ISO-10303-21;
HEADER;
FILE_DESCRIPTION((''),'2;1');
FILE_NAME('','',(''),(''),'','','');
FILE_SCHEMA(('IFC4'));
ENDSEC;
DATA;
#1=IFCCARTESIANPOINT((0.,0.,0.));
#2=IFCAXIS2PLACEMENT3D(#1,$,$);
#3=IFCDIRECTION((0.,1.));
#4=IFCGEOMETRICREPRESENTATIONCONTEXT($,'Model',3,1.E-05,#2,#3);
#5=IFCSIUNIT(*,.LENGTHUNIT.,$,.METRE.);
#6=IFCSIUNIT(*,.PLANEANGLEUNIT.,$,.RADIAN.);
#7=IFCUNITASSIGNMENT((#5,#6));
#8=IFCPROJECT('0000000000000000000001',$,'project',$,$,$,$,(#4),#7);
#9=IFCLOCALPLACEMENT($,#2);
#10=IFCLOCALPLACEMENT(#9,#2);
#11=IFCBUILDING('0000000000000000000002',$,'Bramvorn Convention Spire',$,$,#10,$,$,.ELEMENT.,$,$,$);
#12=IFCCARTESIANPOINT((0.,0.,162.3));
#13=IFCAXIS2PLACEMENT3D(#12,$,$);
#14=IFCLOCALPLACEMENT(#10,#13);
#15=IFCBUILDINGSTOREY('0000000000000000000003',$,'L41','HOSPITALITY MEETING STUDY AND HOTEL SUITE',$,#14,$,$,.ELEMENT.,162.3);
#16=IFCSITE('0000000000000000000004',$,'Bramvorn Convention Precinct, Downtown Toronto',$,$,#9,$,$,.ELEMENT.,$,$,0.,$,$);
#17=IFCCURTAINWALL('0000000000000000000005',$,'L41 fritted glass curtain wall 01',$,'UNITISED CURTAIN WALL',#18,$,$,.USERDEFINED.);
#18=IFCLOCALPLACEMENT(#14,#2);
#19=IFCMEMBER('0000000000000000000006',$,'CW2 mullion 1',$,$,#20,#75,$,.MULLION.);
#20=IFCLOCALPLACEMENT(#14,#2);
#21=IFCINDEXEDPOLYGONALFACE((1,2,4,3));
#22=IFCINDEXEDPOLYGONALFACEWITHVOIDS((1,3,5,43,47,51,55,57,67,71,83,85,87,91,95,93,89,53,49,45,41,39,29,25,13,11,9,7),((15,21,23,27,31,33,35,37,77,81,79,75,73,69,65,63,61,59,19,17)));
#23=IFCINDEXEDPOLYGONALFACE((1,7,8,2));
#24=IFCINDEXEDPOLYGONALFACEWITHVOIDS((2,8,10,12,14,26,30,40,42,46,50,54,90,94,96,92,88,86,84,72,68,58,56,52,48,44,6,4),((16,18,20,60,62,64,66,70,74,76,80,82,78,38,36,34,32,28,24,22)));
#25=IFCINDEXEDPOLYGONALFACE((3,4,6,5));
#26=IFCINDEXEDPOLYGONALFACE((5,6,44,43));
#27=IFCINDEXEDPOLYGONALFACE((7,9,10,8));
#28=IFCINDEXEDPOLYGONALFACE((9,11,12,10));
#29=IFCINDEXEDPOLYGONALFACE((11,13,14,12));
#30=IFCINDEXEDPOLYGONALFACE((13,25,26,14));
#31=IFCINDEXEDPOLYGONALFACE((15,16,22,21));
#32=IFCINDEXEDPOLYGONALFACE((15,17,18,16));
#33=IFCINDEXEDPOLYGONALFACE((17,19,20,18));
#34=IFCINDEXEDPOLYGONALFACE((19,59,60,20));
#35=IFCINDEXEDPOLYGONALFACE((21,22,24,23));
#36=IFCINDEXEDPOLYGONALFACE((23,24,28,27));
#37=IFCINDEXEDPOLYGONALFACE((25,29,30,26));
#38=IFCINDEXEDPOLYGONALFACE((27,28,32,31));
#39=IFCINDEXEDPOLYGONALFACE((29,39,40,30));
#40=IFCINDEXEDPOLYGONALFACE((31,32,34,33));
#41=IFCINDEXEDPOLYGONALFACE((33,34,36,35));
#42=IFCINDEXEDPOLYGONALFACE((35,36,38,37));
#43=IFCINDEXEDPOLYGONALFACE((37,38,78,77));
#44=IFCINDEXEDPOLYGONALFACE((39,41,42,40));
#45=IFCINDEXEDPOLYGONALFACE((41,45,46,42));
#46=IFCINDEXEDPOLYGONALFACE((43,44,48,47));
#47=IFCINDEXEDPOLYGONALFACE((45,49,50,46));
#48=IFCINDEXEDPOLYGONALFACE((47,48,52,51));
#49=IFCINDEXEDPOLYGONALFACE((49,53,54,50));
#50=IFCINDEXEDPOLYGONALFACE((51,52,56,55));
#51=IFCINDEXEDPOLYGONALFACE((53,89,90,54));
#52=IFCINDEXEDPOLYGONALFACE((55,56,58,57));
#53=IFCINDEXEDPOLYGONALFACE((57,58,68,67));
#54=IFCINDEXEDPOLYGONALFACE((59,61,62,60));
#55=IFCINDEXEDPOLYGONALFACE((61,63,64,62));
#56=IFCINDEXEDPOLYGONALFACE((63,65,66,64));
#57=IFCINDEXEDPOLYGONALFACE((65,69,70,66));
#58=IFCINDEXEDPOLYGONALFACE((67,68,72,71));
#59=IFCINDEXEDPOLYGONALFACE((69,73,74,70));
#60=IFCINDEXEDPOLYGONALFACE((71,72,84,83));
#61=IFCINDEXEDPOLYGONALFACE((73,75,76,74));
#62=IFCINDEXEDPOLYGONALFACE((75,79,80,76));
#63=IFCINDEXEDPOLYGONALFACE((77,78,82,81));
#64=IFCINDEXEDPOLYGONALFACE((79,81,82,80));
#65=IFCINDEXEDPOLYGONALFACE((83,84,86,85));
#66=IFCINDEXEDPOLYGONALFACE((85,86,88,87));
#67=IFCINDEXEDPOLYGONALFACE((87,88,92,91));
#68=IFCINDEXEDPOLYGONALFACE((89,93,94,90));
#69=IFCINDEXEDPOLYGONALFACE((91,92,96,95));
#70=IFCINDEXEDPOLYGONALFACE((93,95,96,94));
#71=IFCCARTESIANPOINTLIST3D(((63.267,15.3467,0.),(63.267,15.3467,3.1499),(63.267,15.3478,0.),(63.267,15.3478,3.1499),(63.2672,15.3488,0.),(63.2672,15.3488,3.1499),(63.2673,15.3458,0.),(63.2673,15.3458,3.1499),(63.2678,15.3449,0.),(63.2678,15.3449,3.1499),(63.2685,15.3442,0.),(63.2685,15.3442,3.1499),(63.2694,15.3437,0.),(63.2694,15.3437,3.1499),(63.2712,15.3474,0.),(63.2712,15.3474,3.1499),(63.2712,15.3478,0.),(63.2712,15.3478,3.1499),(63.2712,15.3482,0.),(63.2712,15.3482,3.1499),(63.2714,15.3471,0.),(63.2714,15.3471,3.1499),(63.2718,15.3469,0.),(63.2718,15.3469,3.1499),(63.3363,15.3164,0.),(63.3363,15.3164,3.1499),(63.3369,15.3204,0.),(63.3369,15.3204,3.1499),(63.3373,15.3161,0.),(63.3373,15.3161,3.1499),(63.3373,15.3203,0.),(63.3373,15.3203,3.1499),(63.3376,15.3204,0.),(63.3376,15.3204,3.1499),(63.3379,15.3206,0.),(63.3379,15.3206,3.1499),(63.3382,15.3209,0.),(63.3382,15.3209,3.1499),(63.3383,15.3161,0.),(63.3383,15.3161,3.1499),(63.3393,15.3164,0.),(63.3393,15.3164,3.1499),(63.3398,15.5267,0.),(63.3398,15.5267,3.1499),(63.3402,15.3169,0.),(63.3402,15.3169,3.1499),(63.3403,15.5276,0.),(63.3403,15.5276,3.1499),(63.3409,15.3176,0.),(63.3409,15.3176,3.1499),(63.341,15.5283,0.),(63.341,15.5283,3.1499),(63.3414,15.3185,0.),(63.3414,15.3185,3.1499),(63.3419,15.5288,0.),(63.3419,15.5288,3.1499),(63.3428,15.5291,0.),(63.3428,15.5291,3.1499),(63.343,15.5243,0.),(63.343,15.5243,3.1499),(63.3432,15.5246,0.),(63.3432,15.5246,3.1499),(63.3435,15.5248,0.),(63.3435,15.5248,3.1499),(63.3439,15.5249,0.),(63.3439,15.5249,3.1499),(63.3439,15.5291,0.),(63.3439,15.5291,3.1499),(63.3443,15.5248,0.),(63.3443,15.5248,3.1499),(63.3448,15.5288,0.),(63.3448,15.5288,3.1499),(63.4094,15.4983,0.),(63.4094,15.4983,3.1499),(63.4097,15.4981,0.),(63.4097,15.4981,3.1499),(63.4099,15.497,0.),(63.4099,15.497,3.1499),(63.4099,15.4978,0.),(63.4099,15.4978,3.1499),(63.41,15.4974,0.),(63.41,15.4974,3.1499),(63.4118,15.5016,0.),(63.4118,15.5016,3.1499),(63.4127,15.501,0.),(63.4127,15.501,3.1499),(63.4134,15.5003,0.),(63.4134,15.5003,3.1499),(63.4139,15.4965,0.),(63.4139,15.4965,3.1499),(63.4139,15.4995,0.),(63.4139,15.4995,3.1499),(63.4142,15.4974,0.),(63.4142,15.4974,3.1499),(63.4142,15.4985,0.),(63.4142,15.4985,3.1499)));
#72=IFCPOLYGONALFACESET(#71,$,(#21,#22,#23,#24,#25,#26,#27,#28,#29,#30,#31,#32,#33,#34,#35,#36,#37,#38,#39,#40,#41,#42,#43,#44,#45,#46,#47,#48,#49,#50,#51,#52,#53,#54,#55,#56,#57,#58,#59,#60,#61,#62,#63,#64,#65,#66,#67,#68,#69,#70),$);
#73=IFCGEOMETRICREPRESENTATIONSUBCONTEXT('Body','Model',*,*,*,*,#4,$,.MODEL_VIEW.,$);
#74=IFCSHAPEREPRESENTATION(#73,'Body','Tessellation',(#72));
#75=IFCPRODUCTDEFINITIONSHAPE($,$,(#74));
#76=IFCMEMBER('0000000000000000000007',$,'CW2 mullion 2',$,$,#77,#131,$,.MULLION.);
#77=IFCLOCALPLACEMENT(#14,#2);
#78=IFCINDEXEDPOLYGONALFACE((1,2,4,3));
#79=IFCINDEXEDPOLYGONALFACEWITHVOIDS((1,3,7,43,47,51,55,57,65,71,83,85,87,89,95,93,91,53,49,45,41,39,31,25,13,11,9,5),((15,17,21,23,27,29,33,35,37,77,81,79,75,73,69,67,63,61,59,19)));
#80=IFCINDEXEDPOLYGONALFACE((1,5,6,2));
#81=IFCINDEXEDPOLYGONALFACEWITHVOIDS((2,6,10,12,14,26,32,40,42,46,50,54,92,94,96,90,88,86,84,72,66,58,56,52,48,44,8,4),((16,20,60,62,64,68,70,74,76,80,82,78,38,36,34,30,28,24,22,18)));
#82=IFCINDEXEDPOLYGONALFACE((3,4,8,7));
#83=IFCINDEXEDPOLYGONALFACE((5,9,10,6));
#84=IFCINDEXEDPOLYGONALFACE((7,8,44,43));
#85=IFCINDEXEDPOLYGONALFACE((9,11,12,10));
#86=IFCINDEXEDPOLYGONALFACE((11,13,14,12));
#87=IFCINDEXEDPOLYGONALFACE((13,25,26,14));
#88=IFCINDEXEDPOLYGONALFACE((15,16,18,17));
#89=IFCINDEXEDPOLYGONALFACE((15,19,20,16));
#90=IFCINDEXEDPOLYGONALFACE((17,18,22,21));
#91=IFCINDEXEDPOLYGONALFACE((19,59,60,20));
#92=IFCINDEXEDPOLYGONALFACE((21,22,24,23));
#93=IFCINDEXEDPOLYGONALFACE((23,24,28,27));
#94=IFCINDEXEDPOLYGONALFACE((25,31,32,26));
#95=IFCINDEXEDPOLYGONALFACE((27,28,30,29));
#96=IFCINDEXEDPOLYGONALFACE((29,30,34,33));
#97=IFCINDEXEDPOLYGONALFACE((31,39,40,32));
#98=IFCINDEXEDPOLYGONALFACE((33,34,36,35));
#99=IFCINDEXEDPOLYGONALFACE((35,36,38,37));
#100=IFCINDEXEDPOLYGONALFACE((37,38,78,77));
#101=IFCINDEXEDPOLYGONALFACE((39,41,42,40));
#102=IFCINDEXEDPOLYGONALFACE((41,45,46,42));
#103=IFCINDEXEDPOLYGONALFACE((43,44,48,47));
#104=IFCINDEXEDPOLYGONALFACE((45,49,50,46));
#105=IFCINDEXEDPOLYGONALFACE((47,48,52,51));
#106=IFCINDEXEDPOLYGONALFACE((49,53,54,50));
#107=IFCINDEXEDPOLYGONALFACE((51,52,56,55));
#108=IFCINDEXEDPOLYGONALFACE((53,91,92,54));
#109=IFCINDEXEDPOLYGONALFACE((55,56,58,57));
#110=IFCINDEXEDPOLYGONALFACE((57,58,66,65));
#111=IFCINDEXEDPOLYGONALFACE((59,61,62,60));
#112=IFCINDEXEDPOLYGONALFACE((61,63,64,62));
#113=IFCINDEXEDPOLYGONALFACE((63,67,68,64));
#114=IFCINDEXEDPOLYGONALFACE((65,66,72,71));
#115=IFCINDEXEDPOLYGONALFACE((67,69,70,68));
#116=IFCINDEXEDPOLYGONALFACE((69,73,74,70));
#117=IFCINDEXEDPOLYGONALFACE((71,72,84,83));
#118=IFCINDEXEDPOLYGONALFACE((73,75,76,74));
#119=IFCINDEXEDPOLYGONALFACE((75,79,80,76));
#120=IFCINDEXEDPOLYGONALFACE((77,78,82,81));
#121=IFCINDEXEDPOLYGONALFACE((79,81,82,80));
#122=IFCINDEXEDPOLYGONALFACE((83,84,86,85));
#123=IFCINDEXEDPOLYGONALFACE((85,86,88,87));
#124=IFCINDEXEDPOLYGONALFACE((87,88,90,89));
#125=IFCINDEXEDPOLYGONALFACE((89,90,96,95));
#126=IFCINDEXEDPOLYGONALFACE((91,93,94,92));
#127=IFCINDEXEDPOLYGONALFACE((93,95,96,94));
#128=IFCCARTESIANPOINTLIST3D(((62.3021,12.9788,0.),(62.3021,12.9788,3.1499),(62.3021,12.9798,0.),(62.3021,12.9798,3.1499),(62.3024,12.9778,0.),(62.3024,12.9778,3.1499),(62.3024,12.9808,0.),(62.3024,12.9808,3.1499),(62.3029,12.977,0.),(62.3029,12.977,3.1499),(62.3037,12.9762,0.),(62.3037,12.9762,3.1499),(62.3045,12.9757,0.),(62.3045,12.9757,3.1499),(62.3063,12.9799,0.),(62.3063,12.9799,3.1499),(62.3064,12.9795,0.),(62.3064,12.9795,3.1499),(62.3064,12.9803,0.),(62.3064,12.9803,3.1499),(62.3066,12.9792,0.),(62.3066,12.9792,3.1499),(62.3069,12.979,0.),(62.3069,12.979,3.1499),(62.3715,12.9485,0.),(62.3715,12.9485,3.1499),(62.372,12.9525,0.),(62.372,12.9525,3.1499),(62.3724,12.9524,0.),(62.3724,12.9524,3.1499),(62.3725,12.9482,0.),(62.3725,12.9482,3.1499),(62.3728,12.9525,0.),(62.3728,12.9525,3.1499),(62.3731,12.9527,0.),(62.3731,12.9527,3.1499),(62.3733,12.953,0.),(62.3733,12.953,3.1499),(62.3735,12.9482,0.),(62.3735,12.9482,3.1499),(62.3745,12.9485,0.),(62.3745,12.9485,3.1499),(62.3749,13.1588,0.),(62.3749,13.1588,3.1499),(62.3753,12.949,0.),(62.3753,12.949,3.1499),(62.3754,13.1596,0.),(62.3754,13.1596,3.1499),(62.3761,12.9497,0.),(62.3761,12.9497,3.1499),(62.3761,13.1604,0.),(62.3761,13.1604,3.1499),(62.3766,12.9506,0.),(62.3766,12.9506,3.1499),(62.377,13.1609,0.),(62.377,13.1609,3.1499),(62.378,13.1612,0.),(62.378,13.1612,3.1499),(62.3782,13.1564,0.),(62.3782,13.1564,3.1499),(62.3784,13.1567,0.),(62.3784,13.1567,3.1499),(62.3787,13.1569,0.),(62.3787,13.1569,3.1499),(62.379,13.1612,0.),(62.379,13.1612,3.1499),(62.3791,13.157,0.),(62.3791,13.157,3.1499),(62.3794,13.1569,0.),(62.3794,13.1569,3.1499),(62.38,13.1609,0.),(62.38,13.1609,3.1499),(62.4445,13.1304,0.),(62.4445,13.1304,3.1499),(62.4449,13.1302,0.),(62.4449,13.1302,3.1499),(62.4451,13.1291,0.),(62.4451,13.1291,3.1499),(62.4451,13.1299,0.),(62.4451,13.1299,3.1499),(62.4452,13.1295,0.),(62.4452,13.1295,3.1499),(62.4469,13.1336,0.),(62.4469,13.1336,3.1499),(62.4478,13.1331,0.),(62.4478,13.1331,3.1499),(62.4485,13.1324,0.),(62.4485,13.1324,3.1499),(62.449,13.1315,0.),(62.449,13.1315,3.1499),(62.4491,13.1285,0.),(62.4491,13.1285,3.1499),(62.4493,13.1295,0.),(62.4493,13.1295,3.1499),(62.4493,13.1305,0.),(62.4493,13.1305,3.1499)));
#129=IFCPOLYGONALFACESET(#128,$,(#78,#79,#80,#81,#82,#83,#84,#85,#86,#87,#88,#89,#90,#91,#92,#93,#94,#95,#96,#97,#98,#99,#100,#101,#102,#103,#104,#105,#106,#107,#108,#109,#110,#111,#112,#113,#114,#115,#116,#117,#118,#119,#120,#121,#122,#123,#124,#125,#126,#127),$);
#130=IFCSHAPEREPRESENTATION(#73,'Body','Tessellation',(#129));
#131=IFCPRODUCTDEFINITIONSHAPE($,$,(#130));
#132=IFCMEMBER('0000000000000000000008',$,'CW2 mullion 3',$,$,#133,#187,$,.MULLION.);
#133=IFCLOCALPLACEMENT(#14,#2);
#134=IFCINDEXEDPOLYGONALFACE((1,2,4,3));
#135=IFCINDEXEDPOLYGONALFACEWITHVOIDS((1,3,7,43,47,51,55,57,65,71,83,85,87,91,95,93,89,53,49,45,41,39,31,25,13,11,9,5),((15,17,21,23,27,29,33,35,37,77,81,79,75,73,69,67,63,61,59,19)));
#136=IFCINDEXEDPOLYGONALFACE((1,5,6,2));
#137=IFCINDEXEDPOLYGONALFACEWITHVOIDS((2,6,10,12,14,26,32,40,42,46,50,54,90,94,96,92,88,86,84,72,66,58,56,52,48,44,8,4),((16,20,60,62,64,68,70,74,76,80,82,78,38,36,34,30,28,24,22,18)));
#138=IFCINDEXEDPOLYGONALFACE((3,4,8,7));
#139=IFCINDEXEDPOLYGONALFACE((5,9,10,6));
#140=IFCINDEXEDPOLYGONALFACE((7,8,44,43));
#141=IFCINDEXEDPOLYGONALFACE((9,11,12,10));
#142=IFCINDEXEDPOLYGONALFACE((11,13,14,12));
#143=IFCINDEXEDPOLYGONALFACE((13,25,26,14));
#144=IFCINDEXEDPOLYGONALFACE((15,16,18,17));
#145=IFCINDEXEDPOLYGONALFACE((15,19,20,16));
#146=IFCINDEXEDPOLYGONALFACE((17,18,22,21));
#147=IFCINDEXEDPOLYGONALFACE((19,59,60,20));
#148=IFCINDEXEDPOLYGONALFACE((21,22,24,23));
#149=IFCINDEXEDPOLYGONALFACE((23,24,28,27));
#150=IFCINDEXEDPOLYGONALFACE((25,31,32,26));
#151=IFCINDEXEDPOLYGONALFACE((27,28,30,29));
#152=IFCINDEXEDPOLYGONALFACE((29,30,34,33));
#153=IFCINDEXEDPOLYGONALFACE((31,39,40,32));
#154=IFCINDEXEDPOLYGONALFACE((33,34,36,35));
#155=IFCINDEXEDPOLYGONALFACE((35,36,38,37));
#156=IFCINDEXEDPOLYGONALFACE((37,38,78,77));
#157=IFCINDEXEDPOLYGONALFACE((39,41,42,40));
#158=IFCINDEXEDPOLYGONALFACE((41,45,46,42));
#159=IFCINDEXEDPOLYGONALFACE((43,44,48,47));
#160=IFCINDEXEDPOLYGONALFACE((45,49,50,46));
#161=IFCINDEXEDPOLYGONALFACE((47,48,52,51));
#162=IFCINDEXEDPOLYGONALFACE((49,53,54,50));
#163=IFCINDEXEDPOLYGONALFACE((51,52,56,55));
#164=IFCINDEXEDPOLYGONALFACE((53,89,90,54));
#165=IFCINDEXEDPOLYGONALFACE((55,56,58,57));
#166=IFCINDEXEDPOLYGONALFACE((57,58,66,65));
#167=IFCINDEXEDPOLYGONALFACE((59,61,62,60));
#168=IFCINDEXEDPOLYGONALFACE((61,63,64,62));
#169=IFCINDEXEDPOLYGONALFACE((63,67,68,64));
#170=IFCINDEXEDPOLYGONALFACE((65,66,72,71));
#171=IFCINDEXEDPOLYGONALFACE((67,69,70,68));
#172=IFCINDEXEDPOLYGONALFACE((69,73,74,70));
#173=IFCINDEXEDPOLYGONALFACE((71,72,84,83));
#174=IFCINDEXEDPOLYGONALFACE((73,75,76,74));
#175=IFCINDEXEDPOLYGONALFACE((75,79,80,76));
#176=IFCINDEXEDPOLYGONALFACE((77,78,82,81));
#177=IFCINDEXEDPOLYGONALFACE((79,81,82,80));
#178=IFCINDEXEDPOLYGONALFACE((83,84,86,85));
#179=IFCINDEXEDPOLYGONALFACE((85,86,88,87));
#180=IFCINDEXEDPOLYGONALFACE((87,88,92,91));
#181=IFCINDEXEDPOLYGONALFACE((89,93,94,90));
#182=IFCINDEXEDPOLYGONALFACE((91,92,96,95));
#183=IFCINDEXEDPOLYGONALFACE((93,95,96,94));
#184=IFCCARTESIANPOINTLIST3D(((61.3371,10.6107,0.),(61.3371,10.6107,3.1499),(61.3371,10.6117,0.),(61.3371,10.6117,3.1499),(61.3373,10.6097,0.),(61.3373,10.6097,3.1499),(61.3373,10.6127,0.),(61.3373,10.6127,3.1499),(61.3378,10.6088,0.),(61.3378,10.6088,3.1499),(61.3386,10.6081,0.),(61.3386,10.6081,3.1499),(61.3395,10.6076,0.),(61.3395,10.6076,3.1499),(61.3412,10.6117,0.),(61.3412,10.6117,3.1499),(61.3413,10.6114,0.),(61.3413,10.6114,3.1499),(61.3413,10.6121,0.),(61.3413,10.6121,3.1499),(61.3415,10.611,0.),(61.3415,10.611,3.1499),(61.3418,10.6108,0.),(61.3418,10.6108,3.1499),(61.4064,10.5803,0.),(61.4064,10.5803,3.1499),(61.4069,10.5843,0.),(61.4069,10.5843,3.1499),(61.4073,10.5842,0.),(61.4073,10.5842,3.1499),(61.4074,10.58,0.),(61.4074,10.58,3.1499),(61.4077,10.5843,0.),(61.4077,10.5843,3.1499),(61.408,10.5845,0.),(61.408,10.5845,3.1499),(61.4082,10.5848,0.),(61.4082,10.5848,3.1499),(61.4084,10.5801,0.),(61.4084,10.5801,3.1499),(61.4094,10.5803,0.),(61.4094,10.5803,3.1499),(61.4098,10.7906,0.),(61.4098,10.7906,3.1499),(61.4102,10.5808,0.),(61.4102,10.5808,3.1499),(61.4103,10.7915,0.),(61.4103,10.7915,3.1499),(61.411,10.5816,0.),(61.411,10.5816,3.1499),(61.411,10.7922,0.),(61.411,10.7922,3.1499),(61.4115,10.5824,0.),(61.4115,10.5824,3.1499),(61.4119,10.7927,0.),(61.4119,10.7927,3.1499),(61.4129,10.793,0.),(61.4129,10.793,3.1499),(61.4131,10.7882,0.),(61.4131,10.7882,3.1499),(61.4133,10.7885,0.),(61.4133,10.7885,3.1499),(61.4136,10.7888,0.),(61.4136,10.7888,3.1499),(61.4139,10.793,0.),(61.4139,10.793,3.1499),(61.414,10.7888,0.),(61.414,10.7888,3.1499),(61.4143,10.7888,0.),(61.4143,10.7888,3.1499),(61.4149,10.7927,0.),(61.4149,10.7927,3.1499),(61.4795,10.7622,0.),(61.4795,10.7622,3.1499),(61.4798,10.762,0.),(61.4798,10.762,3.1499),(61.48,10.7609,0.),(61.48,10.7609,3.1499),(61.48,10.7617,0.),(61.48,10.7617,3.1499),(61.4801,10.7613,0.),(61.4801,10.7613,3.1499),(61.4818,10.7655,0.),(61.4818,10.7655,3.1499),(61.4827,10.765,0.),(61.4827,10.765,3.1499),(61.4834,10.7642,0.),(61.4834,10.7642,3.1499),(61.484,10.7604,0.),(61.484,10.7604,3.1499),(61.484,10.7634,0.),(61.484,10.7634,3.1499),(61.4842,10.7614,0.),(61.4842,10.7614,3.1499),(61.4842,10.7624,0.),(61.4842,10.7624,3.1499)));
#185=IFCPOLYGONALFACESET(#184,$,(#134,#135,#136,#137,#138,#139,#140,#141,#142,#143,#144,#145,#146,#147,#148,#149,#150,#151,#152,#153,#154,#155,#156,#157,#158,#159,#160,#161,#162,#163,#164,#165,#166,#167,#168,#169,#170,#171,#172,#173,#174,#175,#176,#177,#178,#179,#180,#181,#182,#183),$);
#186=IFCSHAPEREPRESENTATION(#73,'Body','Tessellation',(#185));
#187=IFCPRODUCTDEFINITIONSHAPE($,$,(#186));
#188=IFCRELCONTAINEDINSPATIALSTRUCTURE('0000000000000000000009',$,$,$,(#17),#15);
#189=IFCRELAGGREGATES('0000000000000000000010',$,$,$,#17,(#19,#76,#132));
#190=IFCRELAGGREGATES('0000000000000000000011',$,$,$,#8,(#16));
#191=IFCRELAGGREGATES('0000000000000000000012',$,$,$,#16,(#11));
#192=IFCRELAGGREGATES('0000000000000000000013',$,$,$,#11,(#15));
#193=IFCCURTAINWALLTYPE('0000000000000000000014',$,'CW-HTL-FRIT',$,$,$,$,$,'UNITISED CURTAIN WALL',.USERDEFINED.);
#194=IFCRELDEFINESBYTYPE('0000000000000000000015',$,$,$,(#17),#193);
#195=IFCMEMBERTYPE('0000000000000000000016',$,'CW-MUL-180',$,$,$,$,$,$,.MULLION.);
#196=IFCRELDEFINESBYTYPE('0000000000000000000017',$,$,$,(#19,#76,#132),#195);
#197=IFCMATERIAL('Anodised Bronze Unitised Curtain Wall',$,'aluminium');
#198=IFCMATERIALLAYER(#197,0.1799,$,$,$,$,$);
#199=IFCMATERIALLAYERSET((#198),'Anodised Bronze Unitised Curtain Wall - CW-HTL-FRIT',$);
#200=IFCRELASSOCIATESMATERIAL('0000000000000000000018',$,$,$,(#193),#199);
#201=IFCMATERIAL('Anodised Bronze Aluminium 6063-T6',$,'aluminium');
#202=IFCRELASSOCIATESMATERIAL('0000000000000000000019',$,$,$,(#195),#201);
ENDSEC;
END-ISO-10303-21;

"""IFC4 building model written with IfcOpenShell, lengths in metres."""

from ifc_helpers import new_model, si_unit, direction, frame, origin, origin_2d, place, context, subcontext, project, spatial, hollow_rectangle, extrude, material, layer, layer_set, material_profile, profile_set, type_object, element, aggregate, save


model = new_model("IFC4")

# Units and contexts
model_context = context("Model", 3, precision=1e-05, world=origin(), true_north=direction((0.0, 1.0)))
body_context = subcontext(model_context, "Body", "Model", "MODEL_VIEW")
ifc_project = project(units=[si_unit("LENGTHUNIT", "METRE"), si_unit("PLANEANGLEUNIT", "RADIAN")], contexts=[model_context])

# Site, building, storey
site_placement = place(None, origin())
site = spatial("IfcSite", under=ifc_project, at=site_placement, Name="Bramvorn Convention Precinct, Downtown Toronto", CompositionType="ELEMENT", RefElevation=0.0)
building_placement = place(site_placement, origin())
building = spatial("IfcBuilding", under=site, at=building_placement, Name="Bramvorn Convention Spire", CompositionType="ELEMENT")
storey_placement = place(building_placement, frame((0.0, 0.0, 162.3)))
storey = spatial("IfcBuildingStorey", under=building, at=storey_placement, Name="L41", Description="HOSPITALITY MEETING STUDY AND HOTEL SUITE", CompositionType="ELEMENT", Elevation=162.3)

# Curtain wall, members
ifc_material_1 = material(Name="Anodised Bronze Unitised Curtain Wall", Category="aluminium")
ifc_layer_1 = layer(ifc_material_1, 0.1799)
ifc_layer_set_1 = layer_set([ifc_layer_1], Name="Anodised Bronze Unitised Curtain Wall - CW-HTL-FRIT")
curtain_wall_type = type_object("IfcCurtainWallType", Name="CW-HTL-FRIT", ElementType="UNITISED CURTAIN WALL", PredefinedType="USERDEFINED", material=ifc_layer_set_1)
curtain_wall_1_placement = place(storey_placement, origin())
curtain_wall_1 = element("IfcCurtainWall", 1, at=curtain_wall_1_placement, inside=storey, type_object=curtain_wall_type, Name="L41 fritted glass curtain wall 01", ObjectType="UNITISED CURTAIN WALL", PredefinedType="USERDEFINED")
ifc_material_2 = material(Name="Anodised Bronze Aluminium 6063-T6", Category="aluminium")
ifc_material_profile_1 = material_profile(ifc_material_2, hollow_rectangle(XDim=0.0801, YDim=0.2, WallThickness=0.0039, InnerFilletRadius=0.001, OuterFilletRadius=0.0039, at=origin_2d()))
ifc_profile_set_1 = profile_set([ifc_material_profile_1], Name="Anodised Bronze Aluminium 6063-T6 - CWM80X200")
member_type_1 = type_object("IfcMemberType", Name="CW-MUL-180", PredefinedType="MULLION", material=ifc_profile_set_1)
member_1_placement = place(storey_placement, frame((63.3406, 15.4226, 0.0), z_axis=(0.0, 0.0, 1.0), x_axis=(0.926057, -0.377384, 0.0)))
member_1 = element("IfcMember", 2, at=member_1_placement, type_object=member_type_1, Name="CW2 mullion 1", PredefinedType="MULLION", context=body_context, shape_type="SweptSolid", body=[
    extrude(hollow_rectangle(XDim=0.0801, YDim=0.2, WallThickness=0.0039, InnerFilletRadius=0.001, OuterFilletRadius=0.0039, at=origin_2d()), origin(), (0.0, 0.0, 1.0), 3.1499),
])
member_2_placement = place(storey_placement, frame((62.3757, 13.0547, 0.0), z_axis=(0.0, 0.0, 1.0), x_axis=(0.926057, -0.377384, 0.0)))
member_2 = element("IfcMember", 3, at=member_2_placement, type_object=member_type_1, Name="CW2 mullion 2", PredefinedType="MULLION", context=body_context, shape_type="SweptSolid", body=[
    extrude(hollow_rectangle(XDim=0.0801, YDim=0.2, WallThickness=0.0039, InnerFilletRadius=0.001, OuterFilletRadius=0.0039, at=origin_2d()), origin(), (0.0, 0.0, 1.0), 3.1499),
])
member_3_placement = place(storey_placement, frame((61.4106, 10.6865, 0.0), z_axis=(0.0, 0.0, 1.0), x_axis=(0.926057, -0.377384, 0.0)))
member_3 = element("IfcMember", 4, at=member_3_placement, type_object=member_type_1, Name="CW2 mullion 3", PredefinedType="MULLION", context=body_context, shape_type="SweptSolid", body=[
    extrude(hollow_rectangle(XDim=0.0801, YDim=0.2, WallThickness=0.0039, InnerFilletRadius=0.001, OuterFilletRadius=0.0039, at=origin_2d()), origin(), (0.0, 0.0, 1.0), 3.1499),
])

aggregate(curtain_wall_1, [member_1, member_2, member_3])

save(model, "model.ifc")
